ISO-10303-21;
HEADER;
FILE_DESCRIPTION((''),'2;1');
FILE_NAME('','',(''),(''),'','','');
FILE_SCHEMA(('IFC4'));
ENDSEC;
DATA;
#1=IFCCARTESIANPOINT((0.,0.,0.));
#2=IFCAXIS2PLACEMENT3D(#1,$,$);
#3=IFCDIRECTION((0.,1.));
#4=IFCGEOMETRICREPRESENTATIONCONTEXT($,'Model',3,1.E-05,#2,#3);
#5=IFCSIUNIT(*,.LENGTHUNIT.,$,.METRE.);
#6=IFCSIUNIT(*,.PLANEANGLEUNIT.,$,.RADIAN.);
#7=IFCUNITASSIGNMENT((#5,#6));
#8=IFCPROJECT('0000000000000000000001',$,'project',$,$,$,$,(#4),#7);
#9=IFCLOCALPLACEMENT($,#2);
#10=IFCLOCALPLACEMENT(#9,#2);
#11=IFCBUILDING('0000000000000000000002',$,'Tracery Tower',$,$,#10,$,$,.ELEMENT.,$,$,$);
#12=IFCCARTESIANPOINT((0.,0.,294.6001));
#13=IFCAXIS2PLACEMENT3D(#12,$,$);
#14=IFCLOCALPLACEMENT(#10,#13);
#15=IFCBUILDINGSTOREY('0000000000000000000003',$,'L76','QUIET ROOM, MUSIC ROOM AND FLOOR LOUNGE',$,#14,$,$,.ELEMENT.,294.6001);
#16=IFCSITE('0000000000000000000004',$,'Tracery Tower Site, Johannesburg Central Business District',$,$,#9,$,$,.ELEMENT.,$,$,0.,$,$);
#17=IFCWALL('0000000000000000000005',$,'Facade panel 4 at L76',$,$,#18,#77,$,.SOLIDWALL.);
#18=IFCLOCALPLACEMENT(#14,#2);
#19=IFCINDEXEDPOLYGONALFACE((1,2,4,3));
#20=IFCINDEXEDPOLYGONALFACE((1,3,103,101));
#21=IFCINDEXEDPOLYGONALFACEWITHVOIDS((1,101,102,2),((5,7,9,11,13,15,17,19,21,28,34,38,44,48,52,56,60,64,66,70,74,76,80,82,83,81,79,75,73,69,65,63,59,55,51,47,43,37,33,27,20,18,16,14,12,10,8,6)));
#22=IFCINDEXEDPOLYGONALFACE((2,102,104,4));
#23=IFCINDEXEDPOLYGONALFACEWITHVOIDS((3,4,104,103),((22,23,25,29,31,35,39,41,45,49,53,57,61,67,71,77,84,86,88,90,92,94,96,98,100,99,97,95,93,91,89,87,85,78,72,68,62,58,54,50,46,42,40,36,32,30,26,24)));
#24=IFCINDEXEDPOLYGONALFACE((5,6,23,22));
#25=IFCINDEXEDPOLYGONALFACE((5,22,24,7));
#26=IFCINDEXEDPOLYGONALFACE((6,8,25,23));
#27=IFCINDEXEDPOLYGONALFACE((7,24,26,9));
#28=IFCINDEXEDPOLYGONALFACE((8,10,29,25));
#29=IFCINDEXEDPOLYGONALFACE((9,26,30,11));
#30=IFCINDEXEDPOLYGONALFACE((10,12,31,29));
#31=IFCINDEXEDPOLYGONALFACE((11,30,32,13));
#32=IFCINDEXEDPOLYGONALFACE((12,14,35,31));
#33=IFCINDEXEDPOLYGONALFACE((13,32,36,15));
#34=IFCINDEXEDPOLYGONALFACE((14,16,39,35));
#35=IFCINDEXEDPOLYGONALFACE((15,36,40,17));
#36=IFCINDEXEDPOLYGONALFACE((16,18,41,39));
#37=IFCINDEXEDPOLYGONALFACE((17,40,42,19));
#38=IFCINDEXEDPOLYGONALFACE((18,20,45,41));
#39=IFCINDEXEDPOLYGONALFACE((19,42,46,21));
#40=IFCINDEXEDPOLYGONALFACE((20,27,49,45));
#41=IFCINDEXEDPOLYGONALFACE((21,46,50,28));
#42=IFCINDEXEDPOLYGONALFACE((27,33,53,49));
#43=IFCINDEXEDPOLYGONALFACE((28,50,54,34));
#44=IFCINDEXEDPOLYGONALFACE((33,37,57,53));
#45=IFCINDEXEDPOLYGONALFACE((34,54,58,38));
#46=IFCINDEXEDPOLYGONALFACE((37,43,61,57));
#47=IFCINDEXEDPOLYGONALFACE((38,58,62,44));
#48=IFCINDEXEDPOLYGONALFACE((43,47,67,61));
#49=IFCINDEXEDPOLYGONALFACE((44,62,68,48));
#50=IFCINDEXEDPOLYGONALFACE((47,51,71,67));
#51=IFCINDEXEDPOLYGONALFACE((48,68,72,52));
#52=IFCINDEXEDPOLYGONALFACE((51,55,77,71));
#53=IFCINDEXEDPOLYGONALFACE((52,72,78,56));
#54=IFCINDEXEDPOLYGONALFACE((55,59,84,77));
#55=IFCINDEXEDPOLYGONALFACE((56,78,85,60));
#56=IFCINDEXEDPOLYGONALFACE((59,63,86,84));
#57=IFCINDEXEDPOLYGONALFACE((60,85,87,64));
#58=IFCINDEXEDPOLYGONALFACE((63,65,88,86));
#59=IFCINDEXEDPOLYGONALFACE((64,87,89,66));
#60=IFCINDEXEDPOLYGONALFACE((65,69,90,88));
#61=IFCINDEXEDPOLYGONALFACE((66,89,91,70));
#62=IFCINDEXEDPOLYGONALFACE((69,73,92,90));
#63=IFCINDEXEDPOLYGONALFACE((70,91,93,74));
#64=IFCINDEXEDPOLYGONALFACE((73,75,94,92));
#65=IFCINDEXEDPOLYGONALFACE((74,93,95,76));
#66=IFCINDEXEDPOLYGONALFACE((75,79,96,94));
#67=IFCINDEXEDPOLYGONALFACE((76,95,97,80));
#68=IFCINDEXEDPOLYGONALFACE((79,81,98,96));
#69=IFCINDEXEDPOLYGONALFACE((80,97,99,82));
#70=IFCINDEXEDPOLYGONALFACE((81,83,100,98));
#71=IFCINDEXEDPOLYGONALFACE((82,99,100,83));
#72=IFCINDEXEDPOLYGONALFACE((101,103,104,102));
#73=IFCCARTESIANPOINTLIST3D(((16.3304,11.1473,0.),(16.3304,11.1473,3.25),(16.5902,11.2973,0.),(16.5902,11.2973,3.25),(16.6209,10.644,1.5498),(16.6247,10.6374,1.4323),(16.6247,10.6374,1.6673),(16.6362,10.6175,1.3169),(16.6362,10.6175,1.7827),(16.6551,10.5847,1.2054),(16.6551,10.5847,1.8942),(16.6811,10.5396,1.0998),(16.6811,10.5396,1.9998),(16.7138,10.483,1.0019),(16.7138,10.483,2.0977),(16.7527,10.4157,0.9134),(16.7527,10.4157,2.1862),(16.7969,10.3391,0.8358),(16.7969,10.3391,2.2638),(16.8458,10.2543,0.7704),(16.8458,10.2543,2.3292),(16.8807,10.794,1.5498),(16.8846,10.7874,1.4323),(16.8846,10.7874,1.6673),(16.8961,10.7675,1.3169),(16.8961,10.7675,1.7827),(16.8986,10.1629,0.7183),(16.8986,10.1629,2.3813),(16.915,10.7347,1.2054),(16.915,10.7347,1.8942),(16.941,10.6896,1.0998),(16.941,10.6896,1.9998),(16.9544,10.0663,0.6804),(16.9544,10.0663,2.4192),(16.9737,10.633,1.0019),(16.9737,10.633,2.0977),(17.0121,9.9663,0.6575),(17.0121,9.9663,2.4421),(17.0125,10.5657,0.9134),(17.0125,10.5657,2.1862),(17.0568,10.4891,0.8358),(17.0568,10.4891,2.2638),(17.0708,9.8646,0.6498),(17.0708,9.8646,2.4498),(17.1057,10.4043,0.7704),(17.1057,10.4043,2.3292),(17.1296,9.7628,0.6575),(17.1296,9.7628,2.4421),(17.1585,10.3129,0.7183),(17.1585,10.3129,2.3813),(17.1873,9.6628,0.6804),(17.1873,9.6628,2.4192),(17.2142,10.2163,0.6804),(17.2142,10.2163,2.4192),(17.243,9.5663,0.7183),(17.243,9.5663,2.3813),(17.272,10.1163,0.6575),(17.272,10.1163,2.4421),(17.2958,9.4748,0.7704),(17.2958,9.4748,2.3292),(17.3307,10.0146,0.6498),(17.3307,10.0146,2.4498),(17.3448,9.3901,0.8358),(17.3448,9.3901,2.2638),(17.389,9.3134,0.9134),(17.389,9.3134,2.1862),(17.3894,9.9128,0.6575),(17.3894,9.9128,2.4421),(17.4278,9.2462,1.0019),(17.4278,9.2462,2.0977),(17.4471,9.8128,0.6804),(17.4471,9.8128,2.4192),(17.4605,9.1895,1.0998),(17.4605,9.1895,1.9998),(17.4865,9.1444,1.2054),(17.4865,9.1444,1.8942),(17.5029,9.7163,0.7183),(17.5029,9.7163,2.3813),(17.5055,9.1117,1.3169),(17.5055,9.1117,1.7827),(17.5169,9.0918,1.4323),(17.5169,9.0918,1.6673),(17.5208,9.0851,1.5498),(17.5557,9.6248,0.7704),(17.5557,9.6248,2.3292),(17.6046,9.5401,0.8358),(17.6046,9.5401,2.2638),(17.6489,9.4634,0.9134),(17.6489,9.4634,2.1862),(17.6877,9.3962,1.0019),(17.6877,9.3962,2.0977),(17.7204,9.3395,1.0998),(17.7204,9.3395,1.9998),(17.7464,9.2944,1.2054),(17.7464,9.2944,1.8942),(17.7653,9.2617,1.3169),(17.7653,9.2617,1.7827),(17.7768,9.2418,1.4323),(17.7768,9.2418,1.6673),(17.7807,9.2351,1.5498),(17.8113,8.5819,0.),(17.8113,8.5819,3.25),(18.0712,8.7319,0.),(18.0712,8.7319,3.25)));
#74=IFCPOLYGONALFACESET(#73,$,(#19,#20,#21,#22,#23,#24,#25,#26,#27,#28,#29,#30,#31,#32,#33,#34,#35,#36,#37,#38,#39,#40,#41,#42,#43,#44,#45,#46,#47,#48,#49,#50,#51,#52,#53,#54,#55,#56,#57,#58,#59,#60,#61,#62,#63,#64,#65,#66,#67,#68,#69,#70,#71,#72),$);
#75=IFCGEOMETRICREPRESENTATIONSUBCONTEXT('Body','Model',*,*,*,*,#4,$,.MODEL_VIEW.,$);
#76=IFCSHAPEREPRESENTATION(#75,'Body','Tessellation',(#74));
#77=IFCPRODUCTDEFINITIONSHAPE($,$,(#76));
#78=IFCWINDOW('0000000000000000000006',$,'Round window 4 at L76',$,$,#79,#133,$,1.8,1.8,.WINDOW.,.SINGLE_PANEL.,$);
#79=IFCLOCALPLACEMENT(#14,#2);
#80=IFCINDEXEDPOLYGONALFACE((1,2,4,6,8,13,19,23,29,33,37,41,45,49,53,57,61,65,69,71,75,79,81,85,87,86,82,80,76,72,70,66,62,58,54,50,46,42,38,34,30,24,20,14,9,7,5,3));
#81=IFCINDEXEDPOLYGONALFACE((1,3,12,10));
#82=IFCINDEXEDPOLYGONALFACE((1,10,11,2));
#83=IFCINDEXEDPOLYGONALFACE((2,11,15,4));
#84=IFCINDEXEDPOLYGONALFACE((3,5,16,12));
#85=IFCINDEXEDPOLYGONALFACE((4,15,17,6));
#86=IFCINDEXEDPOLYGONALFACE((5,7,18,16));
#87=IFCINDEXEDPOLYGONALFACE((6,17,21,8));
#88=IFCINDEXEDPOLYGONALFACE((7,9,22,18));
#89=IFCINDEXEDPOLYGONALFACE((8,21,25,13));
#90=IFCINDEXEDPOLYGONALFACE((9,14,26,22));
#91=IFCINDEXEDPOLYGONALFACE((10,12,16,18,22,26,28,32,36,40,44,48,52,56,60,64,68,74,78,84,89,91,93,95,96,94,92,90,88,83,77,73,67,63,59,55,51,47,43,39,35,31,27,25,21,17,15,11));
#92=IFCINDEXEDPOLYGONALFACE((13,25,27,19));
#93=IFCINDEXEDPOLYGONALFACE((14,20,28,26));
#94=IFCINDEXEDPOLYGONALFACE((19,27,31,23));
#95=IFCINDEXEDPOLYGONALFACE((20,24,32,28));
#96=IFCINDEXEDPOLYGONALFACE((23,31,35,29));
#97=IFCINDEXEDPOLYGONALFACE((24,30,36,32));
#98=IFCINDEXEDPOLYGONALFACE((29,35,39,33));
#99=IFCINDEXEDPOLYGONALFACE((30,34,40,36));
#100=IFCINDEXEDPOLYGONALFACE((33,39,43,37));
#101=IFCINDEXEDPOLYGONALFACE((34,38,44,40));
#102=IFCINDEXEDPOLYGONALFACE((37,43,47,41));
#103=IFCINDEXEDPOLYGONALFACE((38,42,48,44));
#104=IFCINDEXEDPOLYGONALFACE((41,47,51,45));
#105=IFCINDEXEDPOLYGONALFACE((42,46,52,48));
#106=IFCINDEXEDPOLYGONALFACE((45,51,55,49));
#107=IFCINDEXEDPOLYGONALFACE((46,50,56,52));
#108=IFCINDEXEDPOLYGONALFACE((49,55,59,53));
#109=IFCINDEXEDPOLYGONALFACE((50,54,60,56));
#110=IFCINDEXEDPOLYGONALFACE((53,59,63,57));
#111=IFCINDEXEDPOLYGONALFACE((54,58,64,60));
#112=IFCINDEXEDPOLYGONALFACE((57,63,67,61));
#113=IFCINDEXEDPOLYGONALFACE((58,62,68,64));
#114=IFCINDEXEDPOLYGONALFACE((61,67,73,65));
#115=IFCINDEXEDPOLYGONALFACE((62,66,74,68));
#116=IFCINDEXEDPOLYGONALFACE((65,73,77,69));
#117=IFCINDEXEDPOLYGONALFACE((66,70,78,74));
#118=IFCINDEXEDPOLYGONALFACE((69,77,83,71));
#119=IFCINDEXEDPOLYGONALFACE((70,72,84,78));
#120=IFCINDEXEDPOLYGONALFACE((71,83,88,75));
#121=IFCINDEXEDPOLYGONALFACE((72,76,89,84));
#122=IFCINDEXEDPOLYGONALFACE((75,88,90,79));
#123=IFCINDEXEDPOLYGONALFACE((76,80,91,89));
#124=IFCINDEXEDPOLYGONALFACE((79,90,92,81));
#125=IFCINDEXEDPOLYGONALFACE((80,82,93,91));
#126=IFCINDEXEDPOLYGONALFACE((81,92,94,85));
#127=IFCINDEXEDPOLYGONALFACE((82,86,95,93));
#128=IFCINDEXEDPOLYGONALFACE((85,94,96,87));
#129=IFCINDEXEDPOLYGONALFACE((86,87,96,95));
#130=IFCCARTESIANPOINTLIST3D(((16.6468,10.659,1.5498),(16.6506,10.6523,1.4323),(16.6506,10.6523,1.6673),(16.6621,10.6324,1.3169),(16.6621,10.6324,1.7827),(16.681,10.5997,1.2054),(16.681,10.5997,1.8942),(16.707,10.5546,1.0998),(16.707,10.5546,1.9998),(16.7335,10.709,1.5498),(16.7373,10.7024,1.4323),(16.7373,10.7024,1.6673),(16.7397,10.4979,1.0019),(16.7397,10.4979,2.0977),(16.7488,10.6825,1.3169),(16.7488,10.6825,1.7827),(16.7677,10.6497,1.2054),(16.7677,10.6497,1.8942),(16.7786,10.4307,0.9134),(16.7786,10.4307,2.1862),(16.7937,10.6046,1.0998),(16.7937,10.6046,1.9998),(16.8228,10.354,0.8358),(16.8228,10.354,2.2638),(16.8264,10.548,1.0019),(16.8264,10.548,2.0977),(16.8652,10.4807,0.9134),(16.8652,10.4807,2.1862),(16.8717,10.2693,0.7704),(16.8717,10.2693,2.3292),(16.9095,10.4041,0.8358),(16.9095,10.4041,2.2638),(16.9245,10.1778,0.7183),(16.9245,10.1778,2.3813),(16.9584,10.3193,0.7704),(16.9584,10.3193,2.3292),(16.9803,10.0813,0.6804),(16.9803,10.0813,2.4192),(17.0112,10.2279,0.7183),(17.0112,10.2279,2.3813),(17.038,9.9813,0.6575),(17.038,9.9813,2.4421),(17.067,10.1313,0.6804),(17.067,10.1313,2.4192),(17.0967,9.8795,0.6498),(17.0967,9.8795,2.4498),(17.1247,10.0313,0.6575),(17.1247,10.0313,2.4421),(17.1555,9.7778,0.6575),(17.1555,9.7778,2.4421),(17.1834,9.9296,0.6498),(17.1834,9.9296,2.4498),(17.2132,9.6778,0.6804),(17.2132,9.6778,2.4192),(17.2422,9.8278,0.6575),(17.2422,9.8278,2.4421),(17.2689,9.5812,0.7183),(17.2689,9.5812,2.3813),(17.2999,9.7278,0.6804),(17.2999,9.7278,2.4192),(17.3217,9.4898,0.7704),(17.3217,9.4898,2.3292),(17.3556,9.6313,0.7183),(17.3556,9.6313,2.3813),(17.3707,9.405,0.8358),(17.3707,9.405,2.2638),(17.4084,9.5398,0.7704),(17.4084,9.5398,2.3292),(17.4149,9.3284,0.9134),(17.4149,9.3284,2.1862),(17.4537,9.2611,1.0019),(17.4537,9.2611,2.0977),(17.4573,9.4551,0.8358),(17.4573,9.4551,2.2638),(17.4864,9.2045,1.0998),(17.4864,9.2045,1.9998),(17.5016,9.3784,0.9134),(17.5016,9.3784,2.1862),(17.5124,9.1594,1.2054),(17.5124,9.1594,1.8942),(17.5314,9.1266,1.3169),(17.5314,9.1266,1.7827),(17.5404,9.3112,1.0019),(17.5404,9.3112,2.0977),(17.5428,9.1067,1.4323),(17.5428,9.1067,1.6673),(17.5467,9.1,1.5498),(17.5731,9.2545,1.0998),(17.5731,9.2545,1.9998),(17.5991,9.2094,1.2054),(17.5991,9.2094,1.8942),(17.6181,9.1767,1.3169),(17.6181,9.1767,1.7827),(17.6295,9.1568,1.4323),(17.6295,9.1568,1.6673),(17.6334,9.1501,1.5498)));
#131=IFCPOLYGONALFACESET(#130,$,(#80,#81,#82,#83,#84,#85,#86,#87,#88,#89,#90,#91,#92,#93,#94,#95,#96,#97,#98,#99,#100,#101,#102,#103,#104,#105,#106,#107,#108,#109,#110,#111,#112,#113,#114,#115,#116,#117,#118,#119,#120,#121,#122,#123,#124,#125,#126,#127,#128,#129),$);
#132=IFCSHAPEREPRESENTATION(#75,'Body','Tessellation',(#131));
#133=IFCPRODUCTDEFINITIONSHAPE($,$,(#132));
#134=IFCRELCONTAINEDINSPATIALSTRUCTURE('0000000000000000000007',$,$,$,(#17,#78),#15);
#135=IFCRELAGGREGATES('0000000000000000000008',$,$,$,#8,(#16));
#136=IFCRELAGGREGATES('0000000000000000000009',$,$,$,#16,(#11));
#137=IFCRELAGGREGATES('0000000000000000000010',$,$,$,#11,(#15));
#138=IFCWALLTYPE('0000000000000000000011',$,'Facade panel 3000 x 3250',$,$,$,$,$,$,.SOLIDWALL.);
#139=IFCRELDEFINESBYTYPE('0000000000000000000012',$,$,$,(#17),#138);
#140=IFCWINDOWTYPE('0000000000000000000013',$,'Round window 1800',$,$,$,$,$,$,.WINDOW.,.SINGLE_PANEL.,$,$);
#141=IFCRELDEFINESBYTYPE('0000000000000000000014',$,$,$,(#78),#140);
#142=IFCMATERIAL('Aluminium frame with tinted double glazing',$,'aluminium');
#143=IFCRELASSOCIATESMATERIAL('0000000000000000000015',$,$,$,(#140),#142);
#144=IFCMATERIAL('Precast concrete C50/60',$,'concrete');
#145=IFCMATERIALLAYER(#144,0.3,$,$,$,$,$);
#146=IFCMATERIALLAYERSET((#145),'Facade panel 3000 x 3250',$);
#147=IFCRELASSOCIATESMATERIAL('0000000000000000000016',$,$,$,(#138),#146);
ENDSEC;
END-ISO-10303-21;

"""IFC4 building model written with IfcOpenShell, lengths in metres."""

from ifc_helpers import new_model, si_unit, direction, frame, frame_2d, origin, origin_2d, place, context, subcontext, project, spatial, rectangle, circle, extrude, material, layer, layer_set, type_object, element, fill, save


model = new_model("IFC4")

# Units and contexts
model_context = context("Model", 3, precision=1e-05, world=origin(), true_north=direction((0.0, 1.0)))
body_context = subcontext(model_context, "Body", "Model", "MODEL_VIEW")
ifc_project = project(units=[si_unit("LENGTHUNIT", "METRE"), si_unit("PLANEANGLEUNIT", "RADIAN")], contexts=[model_context])

# Site, building, storey
site_placement = place(None, origin())
site = spatial("IfcSite", under=ifc_project, at=site_placement, Name="Tracery Tower Site, Johannesburg Central Business District", CompositionType="ELEMENT", RefElevation=0.0)
building_placement = place(site_placement, origin())
building = spatial("IfcBuilding", under=site, at=building_placement, Name="Tracery Tower", CompositionType="ELEMENT")
storey_placement = place(building_placement, frame((0.0, 0.0, 294.6001)))
storey = spatial("IfcBuildingStorey", under=building, at=storey_placement, Name="L76", Description="QUIET ROOM, MUSIC ROOM AND FLOOR LOUNGE", CompositionType="ELEMENT", Elevation=294.6001)

# Wall, opening, window
ifc_material_1 = material(Name="Aluminium frame with tinted double glazing", Category="aluminium")
window_type = type_object("IfcWindowType", Name="Round window 1800", PartitioningType="SINGLE_PANEL", PredefinedType="WINDOW", material=ifc_material_1)
ifc_material_2 = material(Name="Precast concrete C50/60", Category="concrete")
ifc_layer_1 = layer(ifc_material_2, 0.3)
ifc_layer_set_1 = layer_set([ifc_layer_1], Name="Facade panel 3000 x 3250")
wall_type_1 = type_object("IfcWallType", Name="Facade panel 3000 x 3250", PredefinedType="SOLIDWALL", material=ifc_layer_set_1)
wall_1_placement = place(storey_placement, frame((17.9412, 8.657, 0.0), z_axis=(0.0, 0.0, 1.0), x_axis=(-0.499951, 0.866054, 0.0)))
wall_1 = element("IfcWall", 1, at=wall_1_placement, inside=storey, type_object=wall_type_1, Name="Facade panel 4 at L76", PredefinedType="SOLIDWALL", context=body_context, shape_type="SweptSolid", body=[
    extrude(rectangle(XDim=2.9622, YDim=0.3, at=frame_2d((1.481, 0.0))), origin(), (0.0, 0.0, 1.0), 3.25),
])
opening_1_placement = place(wall_1_placement, frame((1.481, 0.0, 1.5498)))
opening_1 = element("IfcOpeningElement", 2, at=opening_1_placement, cuts=wall_1, PredefinedType="OPENING", context=body_context, shape_type="SweptSolid", body=[
    extrude(circle(Radius=0.9, at=origin_2d()), frame((0.0, 0.1599, 0.0), z_axis=(0.0, -1.0, 0.0), x_axis=(1.0, 0.0, 0.0)), (0.0, 0.0, 1.0), 0.3201),
])
window_1_placement = place(opening_1_placement, origin())
window_1 = element("IfcWindow", 3, at=window_1_placement, inside=storey, type_object=window_type, Name="Round window 4 at L76", OverallHeight=1.8, OverallWidth=1.8, PartitioningType="SINGLE_PANEL", PredefinedType="WINDOW", context=body_context, shape_type="SweptSolid", body=[
    extrude(circle(Radius=0.9, at=origin_2d()), frame((0.0, 0.1201, 0.0), z_axis=(0.0, -1.0, 0.0), x_axis=(1.0, 0.0, 0.0)), (0.0, 0.0, 1.0), 0.1001),
])
fill(opening_1, window_1)

save(model, "model.ifc")
